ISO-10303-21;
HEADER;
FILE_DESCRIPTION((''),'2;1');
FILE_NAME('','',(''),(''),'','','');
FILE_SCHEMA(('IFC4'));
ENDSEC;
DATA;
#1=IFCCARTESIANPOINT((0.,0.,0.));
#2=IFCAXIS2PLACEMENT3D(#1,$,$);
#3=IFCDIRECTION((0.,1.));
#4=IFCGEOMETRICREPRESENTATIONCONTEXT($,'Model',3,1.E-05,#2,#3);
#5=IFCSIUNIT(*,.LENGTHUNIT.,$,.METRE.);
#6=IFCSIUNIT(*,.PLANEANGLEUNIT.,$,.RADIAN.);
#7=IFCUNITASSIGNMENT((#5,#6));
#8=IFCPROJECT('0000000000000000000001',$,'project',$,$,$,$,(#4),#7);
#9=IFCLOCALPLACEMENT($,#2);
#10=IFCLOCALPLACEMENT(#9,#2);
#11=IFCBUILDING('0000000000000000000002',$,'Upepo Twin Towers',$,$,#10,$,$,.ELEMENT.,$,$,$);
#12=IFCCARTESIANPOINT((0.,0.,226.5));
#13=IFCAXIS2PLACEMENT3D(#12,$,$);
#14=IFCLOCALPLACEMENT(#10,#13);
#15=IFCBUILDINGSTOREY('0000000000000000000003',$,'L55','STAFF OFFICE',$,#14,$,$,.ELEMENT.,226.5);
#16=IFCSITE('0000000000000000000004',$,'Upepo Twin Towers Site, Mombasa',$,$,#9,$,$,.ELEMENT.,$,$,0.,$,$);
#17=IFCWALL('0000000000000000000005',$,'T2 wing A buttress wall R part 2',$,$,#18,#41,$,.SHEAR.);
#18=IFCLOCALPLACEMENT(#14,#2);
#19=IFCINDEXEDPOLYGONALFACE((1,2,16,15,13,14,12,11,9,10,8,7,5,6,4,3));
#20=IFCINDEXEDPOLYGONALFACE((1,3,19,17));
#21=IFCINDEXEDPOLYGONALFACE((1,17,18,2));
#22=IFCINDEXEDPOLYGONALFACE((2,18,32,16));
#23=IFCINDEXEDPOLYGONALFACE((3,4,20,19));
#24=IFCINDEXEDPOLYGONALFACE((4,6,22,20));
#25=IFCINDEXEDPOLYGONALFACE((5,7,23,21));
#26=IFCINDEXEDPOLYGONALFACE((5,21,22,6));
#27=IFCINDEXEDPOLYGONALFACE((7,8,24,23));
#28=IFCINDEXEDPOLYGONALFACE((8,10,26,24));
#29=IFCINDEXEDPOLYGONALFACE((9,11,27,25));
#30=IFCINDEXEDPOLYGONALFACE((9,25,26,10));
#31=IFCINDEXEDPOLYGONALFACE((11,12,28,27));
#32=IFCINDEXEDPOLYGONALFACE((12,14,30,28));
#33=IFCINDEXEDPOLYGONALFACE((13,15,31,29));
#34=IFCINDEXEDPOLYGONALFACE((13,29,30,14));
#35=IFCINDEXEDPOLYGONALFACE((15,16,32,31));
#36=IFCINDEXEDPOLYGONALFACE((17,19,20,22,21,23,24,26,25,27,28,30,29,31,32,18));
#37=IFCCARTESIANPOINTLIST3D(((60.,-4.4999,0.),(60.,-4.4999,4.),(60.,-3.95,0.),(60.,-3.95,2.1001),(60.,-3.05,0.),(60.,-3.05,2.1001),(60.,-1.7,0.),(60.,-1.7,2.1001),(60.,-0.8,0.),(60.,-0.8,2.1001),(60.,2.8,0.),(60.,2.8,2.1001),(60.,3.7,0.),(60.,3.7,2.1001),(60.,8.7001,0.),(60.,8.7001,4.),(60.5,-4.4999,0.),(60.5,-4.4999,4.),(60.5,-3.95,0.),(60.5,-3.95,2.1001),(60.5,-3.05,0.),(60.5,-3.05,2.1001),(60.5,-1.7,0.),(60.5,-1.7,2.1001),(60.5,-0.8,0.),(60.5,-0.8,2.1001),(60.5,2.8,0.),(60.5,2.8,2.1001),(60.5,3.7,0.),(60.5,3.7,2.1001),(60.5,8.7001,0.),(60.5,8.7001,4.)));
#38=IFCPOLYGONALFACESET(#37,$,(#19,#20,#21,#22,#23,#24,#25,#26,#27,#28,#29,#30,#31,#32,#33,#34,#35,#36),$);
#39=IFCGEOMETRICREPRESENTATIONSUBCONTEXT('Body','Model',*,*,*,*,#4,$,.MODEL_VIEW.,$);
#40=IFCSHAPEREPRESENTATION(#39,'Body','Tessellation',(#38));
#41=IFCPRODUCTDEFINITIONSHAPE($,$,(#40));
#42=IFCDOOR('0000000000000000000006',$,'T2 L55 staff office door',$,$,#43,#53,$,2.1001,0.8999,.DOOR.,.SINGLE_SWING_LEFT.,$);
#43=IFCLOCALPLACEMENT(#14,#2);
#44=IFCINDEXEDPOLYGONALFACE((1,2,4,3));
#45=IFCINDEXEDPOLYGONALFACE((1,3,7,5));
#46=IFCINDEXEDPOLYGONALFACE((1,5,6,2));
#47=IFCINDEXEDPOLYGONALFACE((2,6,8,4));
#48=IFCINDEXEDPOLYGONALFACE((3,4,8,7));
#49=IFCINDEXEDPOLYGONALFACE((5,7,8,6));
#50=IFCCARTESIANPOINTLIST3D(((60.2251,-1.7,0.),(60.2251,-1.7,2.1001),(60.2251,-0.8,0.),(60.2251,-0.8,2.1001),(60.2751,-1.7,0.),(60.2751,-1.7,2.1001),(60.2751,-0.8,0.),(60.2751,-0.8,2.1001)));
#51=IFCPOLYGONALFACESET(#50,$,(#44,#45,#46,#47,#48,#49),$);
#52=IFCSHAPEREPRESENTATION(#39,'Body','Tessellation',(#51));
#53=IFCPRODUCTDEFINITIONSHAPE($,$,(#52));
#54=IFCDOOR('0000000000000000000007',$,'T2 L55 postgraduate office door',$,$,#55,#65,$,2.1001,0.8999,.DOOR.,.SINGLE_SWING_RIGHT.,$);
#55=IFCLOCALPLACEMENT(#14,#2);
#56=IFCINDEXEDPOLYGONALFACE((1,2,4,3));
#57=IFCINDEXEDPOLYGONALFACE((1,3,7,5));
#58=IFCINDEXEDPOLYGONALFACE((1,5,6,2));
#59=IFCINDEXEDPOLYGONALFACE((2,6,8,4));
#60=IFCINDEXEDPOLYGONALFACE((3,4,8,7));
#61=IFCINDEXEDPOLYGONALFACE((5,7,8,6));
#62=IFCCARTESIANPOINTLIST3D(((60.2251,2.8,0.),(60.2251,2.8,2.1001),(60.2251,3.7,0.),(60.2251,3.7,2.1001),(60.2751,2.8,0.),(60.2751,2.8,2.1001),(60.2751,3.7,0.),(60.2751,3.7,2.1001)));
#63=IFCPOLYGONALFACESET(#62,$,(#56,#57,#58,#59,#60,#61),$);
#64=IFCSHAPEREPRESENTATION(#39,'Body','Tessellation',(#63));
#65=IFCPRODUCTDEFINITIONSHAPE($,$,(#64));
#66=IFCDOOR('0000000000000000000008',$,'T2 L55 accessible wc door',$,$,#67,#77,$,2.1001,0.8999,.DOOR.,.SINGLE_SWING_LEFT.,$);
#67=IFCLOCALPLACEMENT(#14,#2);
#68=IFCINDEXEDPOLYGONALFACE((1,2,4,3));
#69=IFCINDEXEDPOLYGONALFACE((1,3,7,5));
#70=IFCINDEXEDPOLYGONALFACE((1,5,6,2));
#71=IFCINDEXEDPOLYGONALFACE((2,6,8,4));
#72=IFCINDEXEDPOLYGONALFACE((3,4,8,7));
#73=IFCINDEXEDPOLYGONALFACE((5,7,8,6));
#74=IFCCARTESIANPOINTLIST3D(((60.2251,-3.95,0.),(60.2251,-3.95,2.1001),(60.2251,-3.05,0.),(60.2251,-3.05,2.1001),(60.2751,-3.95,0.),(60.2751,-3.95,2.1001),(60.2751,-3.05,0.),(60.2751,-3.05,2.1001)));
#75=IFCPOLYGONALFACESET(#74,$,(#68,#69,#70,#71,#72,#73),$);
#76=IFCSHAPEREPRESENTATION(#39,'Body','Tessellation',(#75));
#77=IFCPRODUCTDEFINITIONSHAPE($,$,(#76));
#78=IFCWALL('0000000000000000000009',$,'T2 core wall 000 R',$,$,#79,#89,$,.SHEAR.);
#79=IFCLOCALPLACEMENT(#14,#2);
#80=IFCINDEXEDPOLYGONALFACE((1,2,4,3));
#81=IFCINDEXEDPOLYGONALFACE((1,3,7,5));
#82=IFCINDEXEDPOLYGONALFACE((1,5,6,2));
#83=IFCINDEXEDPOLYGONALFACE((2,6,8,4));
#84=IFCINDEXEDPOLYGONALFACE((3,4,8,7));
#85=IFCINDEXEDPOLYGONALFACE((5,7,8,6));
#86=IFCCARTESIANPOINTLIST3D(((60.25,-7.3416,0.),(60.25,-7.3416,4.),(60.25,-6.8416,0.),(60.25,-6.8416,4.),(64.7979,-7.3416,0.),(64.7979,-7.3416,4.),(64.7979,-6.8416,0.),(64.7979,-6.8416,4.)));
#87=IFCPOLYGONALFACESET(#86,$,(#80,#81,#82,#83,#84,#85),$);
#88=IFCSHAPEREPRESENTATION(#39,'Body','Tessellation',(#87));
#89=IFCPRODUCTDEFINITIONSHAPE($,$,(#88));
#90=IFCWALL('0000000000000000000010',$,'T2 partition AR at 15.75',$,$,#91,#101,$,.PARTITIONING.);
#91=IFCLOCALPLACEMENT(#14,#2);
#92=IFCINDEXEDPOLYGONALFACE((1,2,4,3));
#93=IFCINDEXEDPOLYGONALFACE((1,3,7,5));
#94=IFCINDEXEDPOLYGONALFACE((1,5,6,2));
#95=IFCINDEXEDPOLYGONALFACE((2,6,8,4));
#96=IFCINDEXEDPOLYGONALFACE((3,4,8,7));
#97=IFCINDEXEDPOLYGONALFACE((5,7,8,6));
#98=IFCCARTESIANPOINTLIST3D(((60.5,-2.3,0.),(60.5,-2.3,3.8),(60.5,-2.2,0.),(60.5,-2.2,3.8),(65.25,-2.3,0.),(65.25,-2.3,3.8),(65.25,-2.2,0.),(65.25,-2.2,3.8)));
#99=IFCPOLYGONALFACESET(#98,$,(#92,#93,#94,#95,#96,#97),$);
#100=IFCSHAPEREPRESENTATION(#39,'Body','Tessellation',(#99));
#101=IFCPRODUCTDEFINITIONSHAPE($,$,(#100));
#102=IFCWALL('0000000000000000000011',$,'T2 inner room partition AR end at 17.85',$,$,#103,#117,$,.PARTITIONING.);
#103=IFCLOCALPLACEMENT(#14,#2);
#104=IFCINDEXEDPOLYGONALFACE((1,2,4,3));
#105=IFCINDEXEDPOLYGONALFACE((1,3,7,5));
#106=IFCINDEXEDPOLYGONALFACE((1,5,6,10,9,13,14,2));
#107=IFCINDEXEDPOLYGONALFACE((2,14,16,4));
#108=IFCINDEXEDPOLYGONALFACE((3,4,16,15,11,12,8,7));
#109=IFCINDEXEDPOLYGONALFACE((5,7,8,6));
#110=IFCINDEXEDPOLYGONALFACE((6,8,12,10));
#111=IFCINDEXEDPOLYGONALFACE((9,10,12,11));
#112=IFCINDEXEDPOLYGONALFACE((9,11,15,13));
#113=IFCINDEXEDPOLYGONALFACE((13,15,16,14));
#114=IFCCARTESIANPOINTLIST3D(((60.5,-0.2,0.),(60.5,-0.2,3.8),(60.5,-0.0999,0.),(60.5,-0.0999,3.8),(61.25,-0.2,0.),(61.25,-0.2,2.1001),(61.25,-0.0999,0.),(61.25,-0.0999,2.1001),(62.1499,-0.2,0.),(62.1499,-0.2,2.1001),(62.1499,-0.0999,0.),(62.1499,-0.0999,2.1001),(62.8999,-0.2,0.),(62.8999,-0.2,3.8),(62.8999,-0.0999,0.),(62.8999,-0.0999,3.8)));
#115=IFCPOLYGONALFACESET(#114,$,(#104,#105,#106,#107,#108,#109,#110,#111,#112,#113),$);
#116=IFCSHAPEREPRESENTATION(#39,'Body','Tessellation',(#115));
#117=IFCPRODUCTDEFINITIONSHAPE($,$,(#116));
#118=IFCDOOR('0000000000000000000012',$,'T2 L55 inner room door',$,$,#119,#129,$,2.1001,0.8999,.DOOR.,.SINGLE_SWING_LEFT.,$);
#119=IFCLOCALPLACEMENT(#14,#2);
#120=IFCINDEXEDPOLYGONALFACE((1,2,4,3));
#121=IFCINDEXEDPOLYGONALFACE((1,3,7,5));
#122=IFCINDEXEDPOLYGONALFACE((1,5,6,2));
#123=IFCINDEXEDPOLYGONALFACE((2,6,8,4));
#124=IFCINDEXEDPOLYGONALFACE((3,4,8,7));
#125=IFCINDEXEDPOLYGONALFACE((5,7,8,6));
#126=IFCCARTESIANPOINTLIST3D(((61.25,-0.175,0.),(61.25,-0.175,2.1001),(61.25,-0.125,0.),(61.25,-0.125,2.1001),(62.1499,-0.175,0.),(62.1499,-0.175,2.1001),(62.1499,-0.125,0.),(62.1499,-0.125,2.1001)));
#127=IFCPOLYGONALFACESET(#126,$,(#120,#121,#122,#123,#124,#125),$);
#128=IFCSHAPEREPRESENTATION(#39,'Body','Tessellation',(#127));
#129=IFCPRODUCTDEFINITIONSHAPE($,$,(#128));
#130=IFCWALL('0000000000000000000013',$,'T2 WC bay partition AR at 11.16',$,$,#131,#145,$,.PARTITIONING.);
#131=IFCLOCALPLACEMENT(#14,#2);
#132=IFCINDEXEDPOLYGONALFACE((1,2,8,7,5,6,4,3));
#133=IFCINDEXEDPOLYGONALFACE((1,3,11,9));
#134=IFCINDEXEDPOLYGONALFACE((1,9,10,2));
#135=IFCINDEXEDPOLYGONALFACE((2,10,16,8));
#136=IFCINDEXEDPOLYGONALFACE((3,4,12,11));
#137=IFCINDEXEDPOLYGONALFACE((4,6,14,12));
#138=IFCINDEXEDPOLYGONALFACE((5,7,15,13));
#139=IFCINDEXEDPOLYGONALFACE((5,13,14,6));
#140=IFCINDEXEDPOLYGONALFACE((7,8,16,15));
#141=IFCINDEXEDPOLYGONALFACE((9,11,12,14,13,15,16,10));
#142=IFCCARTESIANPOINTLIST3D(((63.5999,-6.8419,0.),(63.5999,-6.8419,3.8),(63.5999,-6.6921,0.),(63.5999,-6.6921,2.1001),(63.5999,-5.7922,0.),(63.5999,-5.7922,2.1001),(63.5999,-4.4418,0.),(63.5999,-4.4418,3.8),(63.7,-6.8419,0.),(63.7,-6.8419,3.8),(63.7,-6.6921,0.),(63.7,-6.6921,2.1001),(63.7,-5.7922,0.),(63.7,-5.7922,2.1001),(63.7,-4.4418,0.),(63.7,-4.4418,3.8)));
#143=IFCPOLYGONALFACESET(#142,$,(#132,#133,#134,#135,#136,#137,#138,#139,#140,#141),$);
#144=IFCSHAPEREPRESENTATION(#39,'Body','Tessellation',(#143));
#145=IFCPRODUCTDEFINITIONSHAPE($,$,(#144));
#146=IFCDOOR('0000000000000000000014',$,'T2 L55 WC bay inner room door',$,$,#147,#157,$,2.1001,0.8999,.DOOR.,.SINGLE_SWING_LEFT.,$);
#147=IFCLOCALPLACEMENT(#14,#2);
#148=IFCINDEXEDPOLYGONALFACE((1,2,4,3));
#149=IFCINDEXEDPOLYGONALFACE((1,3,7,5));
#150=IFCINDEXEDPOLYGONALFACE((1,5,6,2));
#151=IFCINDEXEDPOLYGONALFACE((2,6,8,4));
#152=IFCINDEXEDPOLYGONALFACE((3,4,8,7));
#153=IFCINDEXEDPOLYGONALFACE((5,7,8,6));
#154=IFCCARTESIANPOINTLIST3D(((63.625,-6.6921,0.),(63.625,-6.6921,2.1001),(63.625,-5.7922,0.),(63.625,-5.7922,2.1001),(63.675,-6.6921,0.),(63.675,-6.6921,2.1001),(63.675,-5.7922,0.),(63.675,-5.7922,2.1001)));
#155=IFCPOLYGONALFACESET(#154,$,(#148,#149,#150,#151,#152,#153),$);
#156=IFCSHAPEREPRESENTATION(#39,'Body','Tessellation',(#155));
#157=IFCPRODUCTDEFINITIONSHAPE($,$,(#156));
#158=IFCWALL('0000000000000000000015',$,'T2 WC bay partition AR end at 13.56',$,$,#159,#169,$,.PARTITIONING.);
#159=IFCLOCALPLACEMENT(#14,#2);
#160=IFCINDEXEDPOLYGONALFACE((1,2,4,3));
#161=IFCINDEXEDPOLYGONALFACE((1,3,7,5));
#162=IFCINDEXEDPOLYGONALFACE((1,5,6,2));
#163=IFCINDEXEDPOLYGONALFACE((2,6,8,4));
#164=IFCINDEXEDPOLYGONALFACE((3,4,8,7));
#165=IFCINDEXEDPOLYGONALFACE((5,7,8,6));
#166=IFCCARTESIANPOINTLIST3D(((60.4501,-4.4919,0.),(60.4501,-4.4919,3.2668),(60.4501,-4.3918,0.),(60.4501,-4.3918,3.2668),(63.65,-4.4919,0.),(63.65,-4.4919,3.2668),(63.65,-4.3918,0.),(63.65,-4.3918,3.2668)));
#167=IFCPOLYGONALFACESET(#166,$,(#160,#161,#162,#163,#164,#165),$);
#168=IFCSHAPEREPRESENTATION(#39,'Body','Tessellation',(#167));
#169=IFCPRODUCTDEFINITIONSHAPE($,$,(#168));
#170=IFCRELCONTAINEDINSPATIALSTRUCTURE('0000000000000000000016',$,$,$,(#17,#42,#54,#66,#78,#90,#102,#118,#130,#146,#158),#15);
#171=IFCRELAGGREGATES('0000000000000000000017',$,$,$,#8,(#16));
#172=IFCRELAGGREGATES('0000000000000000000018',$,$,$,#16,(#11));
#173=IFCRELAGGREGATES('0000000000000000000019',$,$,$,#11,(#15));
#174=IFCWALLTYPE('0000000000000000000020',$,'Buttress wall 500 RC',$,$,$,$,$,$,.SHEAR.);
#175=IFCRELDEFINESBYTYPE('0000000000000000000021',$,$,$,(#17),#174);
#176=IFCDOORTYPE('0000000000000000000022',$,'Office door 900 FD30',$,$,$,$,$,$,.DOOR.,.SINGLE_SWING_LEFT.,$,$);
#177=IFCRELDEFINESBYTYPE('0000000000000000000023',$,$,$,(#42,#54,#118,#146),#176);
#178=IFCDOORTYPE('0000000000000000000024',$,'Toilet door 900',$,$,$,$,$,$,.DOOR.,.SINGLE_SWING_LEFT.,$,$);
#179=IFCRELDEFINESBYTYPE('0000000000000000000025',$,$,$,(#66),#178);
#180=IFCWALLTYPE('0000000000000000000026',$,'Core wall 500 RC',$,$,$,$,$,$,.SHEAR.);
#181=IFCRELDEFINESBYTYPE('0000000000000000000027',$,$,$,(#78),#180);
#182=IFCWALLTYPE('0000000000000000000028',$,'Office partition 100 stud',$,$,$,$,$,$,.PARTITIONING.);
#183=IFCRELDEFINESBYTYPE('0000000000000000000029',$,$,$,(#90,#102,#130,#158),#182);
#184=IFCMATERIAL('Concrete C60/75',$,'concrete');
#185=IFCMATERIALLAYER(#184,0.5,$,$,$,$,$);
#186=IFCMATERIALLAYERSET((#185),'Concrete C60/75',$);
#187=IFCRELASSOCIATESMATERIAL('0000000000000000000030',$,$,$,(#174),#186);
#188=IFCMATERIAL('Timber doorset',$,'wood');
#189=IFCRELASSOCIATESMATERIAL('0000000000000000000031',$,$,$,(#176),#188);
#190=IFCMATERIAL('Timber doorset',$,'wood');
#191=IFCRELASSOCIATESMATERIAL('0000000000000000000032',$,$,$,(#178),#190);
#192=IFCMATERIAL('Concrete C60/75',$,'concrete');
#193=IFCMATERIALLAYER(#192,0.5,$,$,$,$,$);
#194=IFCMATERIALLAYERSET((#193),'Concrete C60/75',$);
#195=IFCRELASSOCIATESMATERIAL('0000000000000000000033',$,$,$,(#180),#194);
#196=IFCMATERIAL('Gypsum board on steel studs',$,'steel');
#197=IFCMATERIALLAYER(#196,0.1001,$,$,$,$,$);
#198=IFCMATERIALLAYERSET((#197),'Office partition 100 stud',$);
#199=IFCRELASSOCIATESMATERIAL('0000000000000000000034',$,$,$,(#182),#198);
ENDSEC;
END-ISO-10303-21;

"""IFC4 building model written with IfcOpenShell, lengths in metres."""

from ifc_helpers import new_model, si_unit, direction, frame, frame_2d, origin, place, context, subcontext, project, spatial, rectangle, extrude, material, layer, layer_set, type_object, element, fill, save


model = new_model("IFC4")

# Units and contexts
model_context = context("Model", 3, precision=1e-05, world=origin(), true_north=direction((0.0, 1.0)))
body_context = subcontext(model_context, "Body", "Model", "MODEL_VIEW")
ifc_project = project(units=[si_unit("LENGTHUNIT", "METRE"), si_unit("PLANEANGLEUNIT", "RADIAN")], contexts=[model_context])

# Site, building, storey
site_placement = place(None, origin())
site = spatial("IfcSite", under=ifc_project, at=site_placement, Name="Upepo Twin Towers Site, Mombasa", CompositionType="ELEMENT", RefElevation=0.0)
building_placement = place(site_placement, origin())
building = spatial("IfcBuilding", under=site, at=building_placement, Name="Upepo Twin Towers", CompositionType="ELEMENT")
storey_placement = place(building_placement, frame((0.0, 0.0, 226.5)))
storey = spatial("IfcBuildingStorey", under=building, at=storey_placement, Name="L55", Description="STAFF OFFICE", CompositionType="ELEMENT", Elevation=226.5)

# Wall, openings, doors
ifc_material_1 = material(Name="Concrete C60/75", Category="concrete")
ifc_layer_1 = layer(ifc_material_1, 0.5)
ifc_layer_set_1 = layer_set([ifc_layer_1], Name="Concrete C60/75")
wall_type_1 = type_object("IfcWallType", Name="Buttress wall 500 RC", PredefinedType="SHEAR", material=ifc_layer_set_1)
wall_1_placement = place(storey_placement, frame((60.25, -4.5, 0.0), z_axis=(0.0, 0.0, 1.0), x_axis=(0.0, 1.0, 0.0)))
wall_1 = element("IfcWall", 1, at=wall_1_placement, inside=storey, type_object=wall_type_1, Name="T2 wing A buttress wall R part 2", PredefinedType="SHEAR", context=body_context, shape_type="SweptSolid", body=[
    extrude(rectangle(XDim=13.2, YDim=0.5, at=frame_2d((6.6001, 0.0))), origin(), (0.0, 0.0, 1.0), 4.0),
])
opening_1_placement = place(wall_1_placement, frame((0.55, 0.0, 0.0)))
opening_1 = element("IfcOpeningElement", 2, at=opening_1_placement, cuts=wall_1, PredefinedType="OPENING", context=body_context, shape_type="SweptSolid", body=[
    extrude(rectangle(XDim=0.8999, YDim=2.1001, at=frame_2d((0.45, 1.05))), frame((0.0, 0.26, 0.0), z_axis=(0.0, -1.0, 0.0), x_axis=(1.0, 0.0, 0.0)), (0.0, 0.0, 1.0), 0.52),
])
opening_2_placement = place(wall_1_placement, frame((2.8, 0.0, 0.0)))
opening_2 = element("IfcOpeningElement", 3, at=opening_2_placement, cuts=wall_1, PredefinedType="OPENING", context=body_context, shape_type="SweptSolid", body=[
    extrude(rectangle(XDim=0.8999, YDim=2.1001, at=frame_2d((0.45, 1.05))), frame((0.0, 0.26, 0.0), z_axis=(0.0, -1.0, 0.0), x_axis=(1.0, 0.0, 0.0)), (0.0, 0.0, 1.0), 0.52),
])
opening_3_placement = place(wall_1_placement, frame((7.3, 0.0, 0.0)))
opening_3 = element("IfcOpeningElement", 4, at=opening_3_placement, cuts=wall_1, PredefinedType="OPENING", context=body_context, shape_type="SweptSolid", body=[
    extrude(rectangle(XDim=0.8999, YDim=2.1001, at=frame_2d((0.45, 1.05))), frame((0.0, 0.26, 0.0), z_axis=(0.0, -1.0, 0.0), x_axis=(1.0, 0.0, 0.0)), (0.0, 0.0, 1.0), 0.52),
])
ifc_material_2 = material(Name="Timber doorset", Category="wood")
door_type_1 = type_object("IfcDoorType", Name="Office door 900 FD30", OperationType="SINGLE_SWING_LEFT", PredefinedType="DOOR", material=ifc_material_2)
door_1_placement = place(opening_2_placement, origin())
door_1 = element("IfcDoor", 5, at=door_1_placement, inside=storey, type_object=door_type_1, Name="T2 L55 staff office door", OperationType="SINGLE_SWING_LEFT", OverallHeight=2.1001, OverallWidth=0.8999, PredefinedType="DOOR", context=body_context, shape_type="SweptSolid", body=[
    extrude(rectangle(XDim=0.8999, YDim=2.1001, at=frame_2d((0.45, 1.05))), frame((0.0, 0.0249, 0.0), z_axis=(0.0, -1.0, 0.0), x_axis=(1.0, 0.0, 0.0)), (0.0, 0.0, 1.0), 0.05),
])
fill(opening_2, door_1)
door_2_placement = place(opening_3_placement, origin())
door_2 = element("IfcDoor", 6, at=door_2_placement, inside=storey, type_object=door_type_1, Name="T2 L55 postgraduate office door", OperationType="SINGLE_SWING_RIGHT", OverallHeight=2.1001, OverallWidth=0.8999, PredefinedType="DOOR", context=body_context, shape_type="SweptSolid", body=[
    extrude(rectangle(XDim=0.8999, YDim=2.1001, at=frame_2d((0.45, 1.05))), frame((0.0, 0.0249, 0.0), z_axis=(0.0, -1.0, 0.0), x_axis=(1.0, 0.0, 0.0)), (0.0, 0.0, 1.0), 0.05),
])
fill(opening_3, door_2)
ifc_material_3 = material(Name="Timber doorset", Category="wood")
door_type_2 = type_object("IfcDoorType", Name="Toilet door 900", OperationType="SINGLE_SWING_LEFT", PredefinedType="DOOR", material=ifc_material_3)
door_3_placement = place(opening_1_placement, origin())
door_3 = element("IfcDoor", 7, at=door_3_placement, inside=storey, type_object=door_type_2, Name="T2 L55 accessible wc door", OperationType="SINGLE_SWING_LEFT", OverallHeight=2.1001, OverallWidth=0.8999, PredefinedType="DOOR", context=body_context, shape_type="SweptSolid", body=[
    extrude(rectangle(XDim=0.8999, YDim=2.1001, at=frame_2d((0.45, 1.05))), frame((0.0, 0.0249, 0.0), z_axis=(0.0, -1.0, 0.0), x_axis=(1.0, 0.0, 0.0)), (0.0, 0.0, 1.0), 0.05),
])
fill(opening_1, door_3)

# Walls
ifc_material_4 = material(Name="Concrete C60/75", Category="concrete")
ifc_layer_2 = layer(ifc_material_4, 0.5)
ifc_layer_set_2 = layer_set([ifc_layer_2], Name="Concrete C60/75")
wall_type_2 = type_object("IfcWallType", Name="Core wall 500 RC", PredefinedType="SHEAR", material=ifc_layer_set_2)
wall_2_placement = place(storey_placement, frame((64.7979, -7.0916, 0.0), z_axis=(0.0, 0.0, 1.0), x_axis=(-1.0, 0.0, 0.0)))
element("IfcWall", 8, at=wall_2_placement, inside=storey, type_object=wall_type_2, Name="T2 core wall 000 R", PredefinedType="SHEAR", context=body_context, shape_type="SweptSolid", body=[
    extrude(rectangle(XDim=4.5479, YDim=0.5, at=frame_2d((2.2739, 0.0))), origin(), (0.0, 0.0, 1.0), 4.0),
])
ifc_material_5 = material(Name="Gypsum board on steel studs", Category="steel")
ifc_layer_3 = layer(ifc_material_5, 0.1001)
ifc_layer_set_3 = layer_set([ifc_layer_3], Name="Office partition 100 stud")
wall_type_3 = type_object("IfcWallType", Name="Office partition 100 stud", PredefinedType="PARTITIONING", material=ifc_layer_set_3)
wall_3_placement = place(storey_placement, frame((60.5, -2.25, 0.0), z_axis=(0.0, 0.0, 1.0), x_axis=(1.0, 0.0, 0.0)))
element("IfcWall", 9, at=wall_3_placement, inside=storey, type_object=wall_type_3, Name="T2 partition AR at 15.75", PredefinedType="PARTITIONING", context=body_context, shape_type="SweptSolid", body=[
    extrude(rectangle(XDim=4.75, YDim=0.1001, at=frame_2d((2.375, 0.0))), origin(), (0.0, 0.0, 1.0), 3.8),
])

# Walls, openings, doors
wall_4_placement = place(storey_placement, frame((60.5, -0.1499, 0.0), z_axis=(0.0, 0.0, 1.0), x_axis=(1.0, 0.0, 0.0)))
wall_4 = element("IfcWall", 10, at=wall_4_placement, inside=storey, type_object=wall_type_3, Name="T2 inner room partition AR end at 17.85", PredefinedType="PARTITIONING", context=body_context, shape_type="SweptSolid", body=[
    extrude(rectangle(XDim=2.3999, YDim=0.1001, at=frame_2d((1.2, 0.0))), origin(), (0.0, 0.0, 1.0), 3.8),
])
opening_4_placement = place(wall_4_placement, frame((0.75, 0.0, 0.0)))
opening_4 = element("IfcOpeningElement", 11, at=opening_4_placement, cuts=wall_4, PredefinedType="OPENING", context=body_context, shape_type="SweptSolid", body=[
    extrude(rectangle(XDim=0.8999, YDim=2.1001, at=frame_2d((0.45, 1.05))), frame((0.0, 0.0601, 0.0), z_axis=(0.0, -1.0, 0.0), x_axis=(1.0, 0.0, 0.0)), (0.0, 0.0, 1.0), 0.1201),
])
door_4_placement = place(opening_4_placement, origin())
door_4 = element("IfcDoor", 12, at=door_4_placement, inside=storey, type_object=door_type_1, Name="T2 L55 inner room door", OperationType="SINGLE_SWING_LEFT", OverallHeight=2.1001, OverallWidth=0.8999, PredefinedType="DOOR", context=body_context, shape_type="SweptSolid", body=[
    extrude(rectangle(XDim=0.8999, YDim=2.1001, at=frame_2d((0.45, 1.05))), frame((0.0, 0.0249, 0.0), z_axis=(0.0, -1.0, 0.0), x_axis=(1.0, 0.0, 0.0)), (0.0, 0.0, 1.0), 0.05),
])
fill(opening_4, door_4)
wall_5_placement = place(storey_placement, frame((63.6499, -6.842, 0.0), z_axis=(0.0, 0.0, 1.0), x_axis=(0.0, 1.0, 0.0)))
wall_5 = element("IfcWall", 13, at=wall_5_placement, inside=storey, type_object=wall_type_3, Name="T2 WC bay partition AR at 11.16", PredefinedType="PARTITIONING", context=body_context, shape_type="SweptSolid", body=[
    extrude(rectangle(XDim=2.4001, YDim=0.1001, at=frame_2d((1.2002, 0.0))), origin(), (0.0, 0.0, 1.0), 3.8),
])
opening_5_placement = place(wall_5_placement, frame((0.1499, 0.0, 0.0)))
opening_5 = element("IfcOpeningElement", 14, at=opening_5_placement, cuts=wall_5, PredefinedType="OPENING", context=body_context, shape_type="SweptSolid", body=[
    extrude(rectangle(XDim=0.8999, YDim=2.1001, at=frame_2d((0.45, 1.05))), frame((0.0, 0.0601, 0.0), z_axis=(0.0, -1.0, 0.0), x_axis=(1.0, 0.0, 0.0)), (0.0, 0.0, 1.0), 0.1201),
])
door_5_placement = place(opening_5_placement, origin())
door_5 = element("IfcDoor", 15, at=door_5_placement, inside=storey, type_object=door_type_1, Name="T2 L55 WC bay inner room door", OperationType="SINGLE_SWING_LEFT", OverallHeight=2.1001, OverallWidth=0.8999, PredefinedType="DOOR", context=body_context, shape_type="SweptSolid", body=[
    extrude(rectangle(XDim=0.8999, YDim=2.1001, at=frame_2d((0.45, 1.05))), frame((0.0, 0.0249, 0.0), z_axis=(0.0, -1.0, 0.0), x_axis=(1.0, 0.0, 0.0)), (0.0, 0.0, 1.0), 0.05),
])
fill(opening_5, door_5)

# Wall
wall_6_placement = place(storey_placement, frame((60.45, -4.4419, 0.0), z_axis=(0.0, 0.0, 1.0), x_axis=(1.0, 0.0, 0.0)))
element("IfcWall", 16, at=wall_6_placement, inside=storey, type_object=wall_type_3, Name="T2 WC bay partition AR end at 13.56", PredefinedType="PARTITIONING", context=body_context, shape_type="SweptSolid", body=[
    extrude(rectangle(XDim=3.2, YDim=0.1001, at=frame_2d((1.6001, 0.0))), origin(), (0.0, 0.0, 1.0), 3.2668),
])

save(model, "model.ifc")
